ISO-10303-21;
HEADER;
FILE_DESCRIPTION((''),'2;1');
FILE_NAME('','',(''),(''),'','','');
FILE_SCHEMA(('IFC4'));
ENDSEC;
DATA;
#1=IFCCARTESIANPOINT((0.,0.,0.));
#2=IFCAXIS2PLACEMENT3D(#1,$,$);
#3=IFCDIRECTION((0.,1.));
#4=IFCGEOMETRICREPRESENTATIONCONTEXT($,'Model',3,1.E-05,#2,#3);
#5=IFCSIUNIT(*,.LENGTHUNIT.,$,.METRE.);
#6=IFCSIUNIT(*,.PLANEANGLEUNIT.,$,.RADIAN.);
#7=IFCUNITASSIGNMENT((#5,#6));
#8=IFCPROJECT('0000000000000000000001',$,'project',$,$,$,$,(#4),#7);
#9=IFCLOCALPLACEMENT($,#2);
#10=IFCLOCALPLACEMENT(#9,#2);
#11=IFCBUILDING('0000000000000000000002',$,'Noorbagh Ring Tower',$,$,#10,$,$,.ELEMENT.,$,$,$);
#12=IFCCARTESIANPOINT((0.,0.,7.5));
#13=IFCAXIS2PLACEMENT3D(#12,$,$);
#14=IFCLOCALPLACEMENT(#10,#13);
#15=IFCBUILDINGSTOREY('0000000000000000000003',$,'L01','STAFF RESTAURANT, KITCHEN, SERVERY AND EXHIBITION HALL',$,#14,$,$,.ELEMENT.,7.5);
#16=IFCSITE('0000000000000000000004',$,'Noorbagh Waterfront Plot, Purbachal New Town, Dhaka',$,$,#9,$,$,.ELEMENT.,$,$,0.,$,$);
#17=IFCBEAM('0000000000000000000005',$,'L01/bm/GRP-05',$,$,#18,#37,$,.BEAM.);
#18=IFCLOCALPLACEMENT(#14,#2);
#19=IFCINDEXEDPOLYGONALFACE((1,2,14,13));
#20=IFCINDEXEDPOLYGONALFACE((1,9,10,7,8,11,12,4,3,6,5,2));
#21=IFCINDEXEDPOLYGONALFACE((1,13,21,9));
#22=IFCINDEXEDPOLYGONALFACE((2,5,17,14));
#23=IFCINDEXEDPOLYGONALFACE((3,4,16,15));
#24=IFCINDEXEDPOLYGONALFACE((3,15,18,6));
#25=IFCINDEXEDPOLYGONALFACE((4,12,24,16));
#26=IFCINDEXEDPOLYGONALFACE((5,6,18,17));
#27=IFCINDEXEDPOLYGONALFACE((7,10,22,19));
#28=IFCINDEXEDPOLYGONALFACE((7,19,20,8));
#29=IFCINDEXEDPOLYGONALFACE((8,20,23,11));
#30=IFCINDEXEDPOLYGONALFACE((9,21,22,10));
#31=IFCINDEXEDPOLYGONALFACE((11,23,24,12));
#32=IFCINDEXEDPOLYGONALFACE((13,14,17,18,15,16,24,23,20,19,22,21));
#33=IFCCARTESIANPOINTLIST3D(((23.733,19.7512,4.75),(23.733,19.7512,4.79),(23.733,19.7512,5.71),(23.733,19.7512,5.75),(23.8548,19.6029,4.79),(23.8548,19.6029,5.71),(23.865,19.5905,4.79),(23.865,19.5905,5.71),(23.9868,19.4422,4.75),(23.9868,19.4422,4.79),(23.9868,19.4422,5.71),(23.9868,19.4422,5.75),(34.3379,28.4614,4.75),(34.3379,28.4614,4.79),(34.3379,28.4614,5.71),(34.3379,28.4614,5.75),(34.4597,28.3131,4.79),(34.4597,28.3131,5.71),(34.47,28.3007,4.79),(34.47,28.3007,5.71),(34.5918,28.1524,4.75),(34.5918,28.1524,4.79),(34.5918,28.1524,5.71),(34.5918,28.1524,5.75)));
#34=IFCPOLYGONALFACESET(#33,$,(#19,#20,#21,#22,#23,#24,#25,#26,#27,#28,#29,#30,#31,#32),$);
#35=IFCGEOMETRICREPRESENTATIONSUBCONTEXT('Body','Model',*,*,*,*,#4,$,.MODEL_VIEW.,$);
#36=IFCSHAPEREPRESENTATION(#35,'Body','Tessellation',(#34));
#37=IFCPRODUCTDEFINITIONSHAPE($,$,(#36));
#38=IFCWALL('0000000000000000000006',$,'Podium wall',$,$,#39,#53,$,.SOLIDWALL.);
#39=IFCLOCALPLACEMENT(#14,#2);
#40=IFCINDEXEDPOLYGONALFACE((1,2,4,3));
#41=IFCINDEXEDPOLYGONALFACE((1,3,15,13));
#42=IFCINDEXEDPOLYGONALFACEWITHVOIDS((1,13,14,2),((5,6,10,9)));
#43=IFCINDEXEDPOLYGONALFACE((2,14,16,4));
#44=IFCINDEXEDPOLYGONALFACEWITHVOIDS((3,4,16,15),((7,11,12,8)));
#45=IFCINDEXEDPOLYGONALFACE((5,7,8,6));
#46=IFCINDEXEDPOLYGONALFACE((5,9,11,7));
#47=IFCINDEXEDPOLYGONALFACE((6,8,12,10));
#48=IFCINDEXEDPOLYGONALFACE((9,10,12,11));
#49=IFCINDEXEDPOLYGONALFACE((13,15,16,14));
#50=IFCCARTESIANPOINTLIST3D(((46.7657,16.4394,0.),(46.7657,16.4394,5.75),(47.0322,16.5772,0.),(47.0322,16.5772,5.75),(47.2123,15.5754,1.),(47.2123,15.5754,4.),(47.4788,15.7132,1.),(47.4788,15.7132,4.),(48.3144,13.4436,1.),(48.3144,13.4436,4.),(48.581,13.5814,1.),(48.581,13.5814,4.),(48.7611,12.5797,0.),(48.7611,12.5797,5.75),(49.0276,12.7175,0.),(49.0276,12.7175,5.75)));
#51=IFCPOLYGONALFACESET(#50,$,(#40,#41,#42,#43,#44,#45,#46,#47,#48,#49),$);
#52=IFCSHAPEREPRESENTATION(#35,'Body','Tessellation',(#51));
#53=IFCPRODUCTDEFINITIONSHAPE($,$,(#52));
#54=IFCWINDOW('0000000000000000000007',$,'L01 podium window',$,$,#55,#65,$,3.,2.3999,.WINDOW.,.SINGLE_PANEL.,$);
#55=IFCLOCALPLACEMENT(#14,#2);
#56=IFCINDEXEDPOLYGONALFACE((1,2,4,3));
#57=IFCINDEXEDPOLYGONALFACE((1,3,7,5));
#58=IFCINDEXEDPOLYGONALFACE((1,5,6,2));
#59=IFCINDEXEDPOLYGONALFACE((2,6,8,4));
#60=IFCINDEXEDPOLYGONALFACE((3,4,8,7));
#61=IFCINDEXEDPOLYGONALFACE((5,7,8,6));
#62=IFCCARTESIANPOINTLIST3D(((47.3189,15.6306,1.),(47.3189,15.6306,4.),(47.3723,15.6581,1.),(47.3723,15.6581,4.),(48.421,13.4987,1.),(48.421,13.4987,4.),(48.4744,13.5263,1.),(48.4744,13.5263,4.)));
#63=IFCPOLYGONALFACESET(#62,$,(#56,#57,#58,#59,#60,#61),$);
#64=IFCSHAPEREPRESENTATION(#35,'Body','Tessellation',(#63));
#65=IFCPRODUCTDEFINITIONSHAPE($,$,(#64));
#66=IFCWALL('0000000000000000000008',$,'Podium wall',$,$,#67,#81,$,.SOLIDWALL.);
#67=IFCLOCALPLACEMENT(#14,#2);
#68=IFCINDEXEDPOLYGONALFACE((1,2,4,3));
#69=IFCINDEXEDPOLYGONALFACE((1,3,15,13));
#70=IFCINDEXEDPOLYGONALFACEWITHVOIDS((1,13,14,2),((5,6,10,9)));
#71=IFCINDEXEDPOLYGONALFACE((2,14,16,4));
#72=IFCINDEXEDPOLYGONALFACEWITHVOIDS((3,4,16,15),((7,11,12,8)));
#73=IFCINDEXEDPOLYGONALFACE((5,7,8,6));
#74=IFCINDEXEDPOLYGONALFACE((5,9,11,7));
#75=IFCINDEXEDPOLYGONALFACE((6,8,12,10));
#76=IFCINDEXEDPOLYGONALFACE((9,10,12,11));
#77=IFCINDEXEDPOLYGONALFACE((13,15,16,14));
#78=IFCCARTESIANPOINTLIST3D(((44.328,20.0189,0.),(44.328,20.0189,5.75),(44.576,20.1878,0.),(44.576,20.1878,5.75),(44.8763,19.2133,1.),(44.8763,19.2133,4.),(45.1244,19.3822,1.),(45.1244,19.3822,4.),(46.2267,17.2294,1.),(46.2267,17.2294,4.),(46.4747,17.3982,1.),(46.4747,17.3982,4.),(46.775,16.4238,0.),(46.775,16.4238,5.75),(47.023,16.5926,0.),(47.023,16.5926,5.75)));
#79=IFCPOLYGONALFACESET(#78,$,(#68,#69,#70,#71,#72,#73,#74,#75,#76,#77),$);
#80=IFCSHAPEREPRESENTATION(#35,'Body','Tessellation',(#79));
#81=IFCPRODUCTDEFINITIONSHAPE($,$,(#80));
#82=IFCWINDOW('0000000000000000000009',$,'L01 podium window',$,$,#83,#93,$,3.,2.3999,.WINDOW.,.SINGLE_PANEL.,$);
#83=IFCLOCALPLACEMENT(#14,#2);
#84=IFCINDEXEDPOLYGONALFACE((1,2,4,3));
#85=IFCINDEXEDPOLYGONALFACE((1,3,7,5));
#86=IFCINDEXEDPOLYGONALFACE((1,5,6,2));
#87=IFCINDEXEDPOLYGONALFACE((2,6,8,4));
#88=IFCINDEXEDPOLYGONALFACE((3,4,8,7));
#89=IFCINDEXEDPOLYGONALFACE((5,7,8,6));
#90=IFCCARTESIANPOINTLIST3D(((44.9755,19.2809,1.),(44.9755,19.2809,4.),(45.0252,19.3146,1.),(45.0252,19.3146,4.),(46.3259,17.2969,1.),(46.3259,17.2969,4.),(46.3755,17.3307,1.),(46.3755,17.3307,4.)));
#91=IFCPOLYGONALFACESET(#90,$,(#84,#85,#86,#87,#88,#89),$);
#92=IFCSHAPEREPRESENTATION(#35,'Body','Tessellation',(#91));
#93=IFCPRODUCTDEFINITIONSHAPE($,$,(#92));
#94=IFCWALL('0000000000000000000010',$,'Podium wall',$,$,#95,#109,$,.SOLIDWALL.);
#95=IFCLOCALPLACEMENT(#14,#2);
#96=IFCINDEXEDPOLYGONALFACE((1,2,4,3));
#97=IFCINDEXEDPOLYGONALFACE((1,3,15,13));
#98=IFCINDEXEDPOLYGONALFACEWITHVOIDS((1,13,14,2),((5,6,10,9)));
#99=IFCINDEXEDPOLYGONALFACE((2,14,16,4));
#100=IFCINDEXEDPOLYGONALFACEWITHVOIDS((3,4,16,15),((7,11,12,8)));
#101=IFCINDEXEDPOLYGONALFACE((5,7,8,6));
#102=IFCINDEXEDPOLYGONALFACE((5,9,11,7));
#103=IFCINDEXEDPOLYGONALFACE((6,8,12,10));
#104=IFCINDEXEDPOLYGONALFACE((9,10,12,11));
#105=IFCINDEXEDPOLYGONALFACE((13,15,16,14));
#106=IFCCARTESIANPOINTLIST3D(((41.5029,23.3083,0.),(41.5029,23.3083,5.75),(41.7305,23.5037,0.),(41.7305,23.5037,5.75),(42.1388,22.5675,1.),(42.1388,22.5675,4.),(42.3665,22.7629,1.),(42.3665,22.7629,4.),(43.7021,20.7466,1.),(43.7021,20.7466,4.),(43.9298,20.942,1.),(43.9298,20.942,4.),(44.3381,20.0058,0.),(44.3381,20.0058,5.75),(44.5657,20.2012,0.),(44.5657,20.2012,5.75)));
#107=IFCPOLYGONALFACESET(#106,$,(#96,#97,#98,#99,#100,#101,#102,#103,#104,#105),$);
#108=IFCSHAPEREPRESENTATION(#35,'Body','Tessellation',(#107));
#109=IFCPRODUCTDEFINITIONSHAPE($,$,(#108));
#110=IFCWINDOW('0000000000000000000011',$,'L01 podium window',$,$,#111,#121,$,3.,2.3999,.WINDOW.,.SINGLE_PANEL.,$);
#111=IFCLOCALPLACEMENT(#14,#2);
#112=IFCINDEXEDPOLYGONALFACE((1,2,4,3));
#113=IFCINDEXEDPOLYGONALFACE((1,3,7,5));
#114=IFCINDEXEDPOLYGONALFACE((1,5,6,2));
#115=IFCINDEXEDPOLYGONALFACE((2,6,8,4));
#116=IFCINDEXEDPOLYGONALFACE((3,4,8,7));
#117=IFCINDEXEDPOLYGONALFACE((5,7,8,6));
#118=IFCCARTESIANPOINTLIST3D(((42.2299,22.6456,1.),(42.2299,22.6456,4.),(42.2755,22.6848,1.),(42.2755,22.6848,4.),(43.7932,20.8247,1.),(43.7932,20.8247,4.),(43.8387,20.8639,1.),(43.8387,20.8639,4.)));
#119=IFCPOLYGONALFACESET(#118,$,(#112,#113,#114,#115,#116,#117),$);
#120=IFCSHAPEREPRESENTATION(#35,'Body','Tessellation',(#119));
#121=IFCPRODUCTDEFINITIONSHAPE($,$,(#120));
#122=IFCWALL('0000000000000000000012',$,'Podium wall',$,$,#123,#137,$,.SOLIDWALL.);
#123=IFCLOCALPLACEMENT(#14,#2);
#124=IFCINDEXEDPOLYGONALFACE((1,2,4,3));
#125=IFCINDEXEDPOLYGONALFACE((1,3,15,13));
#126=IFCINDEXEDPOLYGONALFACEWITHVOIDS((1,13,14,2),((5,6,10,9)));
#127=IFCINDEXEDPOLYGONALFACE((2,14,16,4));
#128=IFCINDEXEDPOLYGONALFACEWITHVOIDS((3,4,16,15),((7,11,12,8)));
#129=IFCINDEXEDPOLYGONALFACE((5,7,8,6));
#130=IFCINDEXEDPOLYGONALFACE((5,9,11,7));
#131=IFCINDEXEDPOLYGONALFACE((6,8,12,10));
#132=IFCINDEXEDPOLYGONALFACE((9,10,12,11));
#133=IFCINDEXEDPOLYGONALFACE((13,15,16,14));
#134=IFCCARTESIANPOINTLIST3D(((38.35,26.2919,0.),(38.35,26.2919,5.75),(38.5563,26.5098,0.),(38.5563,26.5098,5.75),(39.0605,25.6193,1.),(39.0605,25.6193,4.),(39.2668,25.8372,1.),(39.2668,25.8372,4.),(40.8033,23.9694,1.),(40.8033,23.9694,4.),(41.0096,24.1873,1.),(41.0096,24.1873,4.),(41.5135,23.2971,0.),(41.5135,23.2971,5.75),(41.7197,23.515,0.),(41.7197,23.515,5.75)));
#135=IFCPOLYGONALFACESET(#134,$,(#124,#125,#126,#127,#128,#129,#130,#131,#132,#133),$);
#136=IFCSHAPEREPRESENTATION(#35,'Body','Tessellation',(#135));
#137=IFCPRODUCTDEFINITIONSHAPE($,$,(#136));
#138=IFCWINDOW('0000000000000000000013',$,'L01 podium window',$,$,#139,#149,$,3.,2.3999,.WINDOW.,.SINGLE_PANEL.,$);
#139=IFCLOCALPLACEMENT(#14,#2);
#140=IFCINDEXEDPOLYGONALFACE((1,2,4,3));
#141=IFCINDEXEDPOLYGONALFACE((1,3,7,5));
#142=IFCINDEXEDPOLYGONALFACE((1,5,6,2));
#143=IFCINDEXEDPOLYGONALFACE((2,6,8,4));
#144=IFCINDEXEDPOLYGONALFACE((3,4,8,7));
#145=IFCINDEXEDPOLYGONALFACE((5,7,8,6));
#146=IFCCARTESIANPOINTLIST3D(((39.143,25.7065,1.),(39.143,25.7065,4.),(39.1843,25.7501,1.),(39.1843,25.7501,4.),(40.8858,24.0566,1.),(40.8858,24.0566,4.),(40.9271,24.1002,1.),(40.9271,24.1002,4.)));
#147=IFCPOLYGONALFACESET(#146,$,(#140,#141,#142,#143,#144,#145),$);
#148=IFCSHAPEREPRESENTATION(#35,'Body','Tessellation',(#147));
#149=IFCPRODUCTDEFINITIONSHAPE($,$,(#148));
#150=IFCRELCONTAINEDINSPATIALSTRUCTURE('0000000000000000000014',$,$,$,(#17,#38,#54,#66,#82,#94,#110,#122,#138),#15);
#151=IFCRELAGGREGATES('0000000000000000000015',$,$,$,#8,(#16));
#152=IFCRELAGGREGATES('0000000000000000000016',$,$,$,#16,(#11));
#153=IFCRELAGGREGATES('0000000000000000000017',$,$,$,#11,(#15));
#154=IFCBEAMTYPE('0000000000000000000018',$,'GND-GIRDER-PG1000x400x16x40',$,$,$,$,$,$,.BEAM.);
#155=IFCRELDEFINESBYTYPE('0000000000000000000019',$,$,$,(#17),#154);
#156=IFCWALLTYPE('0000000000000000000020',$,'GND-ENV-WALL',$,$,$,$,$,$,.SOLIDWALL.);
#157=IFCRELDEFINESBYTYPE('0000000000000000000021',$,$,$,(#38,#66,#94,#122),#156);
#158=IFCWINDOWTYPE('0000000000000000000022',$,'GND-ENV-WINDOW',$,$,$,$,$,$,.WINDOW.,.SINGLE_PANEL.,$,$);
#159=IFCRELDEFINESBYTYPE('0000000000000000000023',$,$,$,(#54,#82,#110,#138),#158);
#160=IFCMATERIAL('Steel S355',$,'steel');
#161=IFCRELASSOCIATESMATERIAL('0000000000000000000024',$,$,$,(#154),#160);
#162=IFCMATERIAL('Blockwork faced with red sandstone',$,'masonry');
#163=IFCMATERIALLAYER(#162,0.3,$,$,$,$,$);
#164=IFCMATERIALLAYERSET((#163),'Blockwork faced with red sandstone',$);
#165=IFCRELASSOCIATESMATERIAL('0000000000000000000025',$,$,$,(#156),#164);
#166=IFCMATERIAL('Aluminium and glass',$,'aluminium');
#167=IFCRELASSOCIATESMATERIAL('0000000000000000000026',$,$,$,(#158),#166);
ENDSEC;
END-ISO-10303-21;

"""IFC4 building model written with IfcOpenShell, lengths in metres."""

from ifc_helpers import new_model, si_unit, direction, frame, frame_2d, origin, origin_2d, place, context, subcontext, project, spatial, rectangle, i_section, extrude, material, layer, layer_set, material_profile, profile_set, type_object, element, fill, save


model = new_model("IFC4")

# Units and contexts
model_context = context("Model", 3, precision=1e-05, world=origin(), true_north=direction((0.0, 1.0)))
body_context = subcontext(model_context, "Body", "Model", "MODEL_VIEW")
ifc_project = project(units=[si_unit("LENGTHUNIT", "METRE"), si_unit("PLANEANGLEUNIT", "RADIAN")], contexts=[model_context])

# Site, building, storey
site_placement = place(None, origin())
site = spatial("IfcSite", under=ifc_project, at=site_placement, Name="Noorbagh Waterfront Plot, Purbachal New Town, Dhaka", CompositionType="ELEMENT", RefElevation=0.0)
building_placement = place(site_placement, origin())
building = spatial("IfcBuilding", under=site, at=building_placement, Name="Noorbagh Ring Tower", CompositionType="ELEMENT")
storey_placement = place(building_placement, frame((0.0, 0.0, 7.5)))
storey = spatial("IfcBuildingStorey", under=building, at=storey_placement, Name="L01", Description="STAFF RESTAURANT, KITCHEN, SERVERY AND EXHIBITION HALL", CompositionType="ELEMENT", Elevation=7.5)

# Beam
ifc_material_1 = material(Name="Steel S355", Category="steel")
ifc_material_profile_1 = material_profile(ifc_material_1, i_section(OverallWidth=0.3999, OverallDepth=1.0, WebThickness=0.0161, FlangeThickness=0.04, at=origin_2d()), Name="PG1000x400x16x40")
ifc_profile_set_1 = profile_set([ifc_material_profile_1], Name="Steel S355")
beam_type_1 = type_object("IfcBeamType", Name="GND-GIRDER-PG1000x400x16x40", PredefinedType="BEAM", material=ifc_profile_set_1)
beam_1_placement = place(storey_placement, frame((34.4648, 28.3069, 5.25), z_axis=(-0.772763, -0.634695, 0.0), x_axis=(0.634695, -0.772763, 0.0)))
element("IfcBeam", 1, at=beam_1_placement, inside=storey, type_object=beam_type_1, Name="L01/bm/GRP-05", PredefinedType="BEAM", context=body_context, shape_type="SweptSolid", body=[
    extrude(i_section(OverallWidth=0.3999, OverallDepth=1.0, WebThickness=0.0161, FlangeThickness=0.04, at=origin_2d()), origin(), (0.0, 0.0, 1.0), 13.7234),
])

# Walls, openings, windows
ifc_material_2 = material(Name="Blockwork faced with red sandstone", Category="masonry")
ifc_layer_1 = layer(ifc_material_2, 0.3)
ifc_layer_set_1 = layer_set([ifc_layer_1], Name="Blockwork faced with red sandstone")
wall_type_1 = type_object("IfcWallType", Name="GND-ENV-WALL", PredefinedType="SOLIDWALL", material=ifc_layer_set_1)
wall_1_placement = place(storey_placement, frame((48.8943, 12.6487, 0.0), z_axis=(0.0, 0.0, 1.0), x_axis=(-0.459243, 0.888311, 0.0)))
wall_1 = element("IfcWall", 2, at=wall_1_placement, inside=storey, type_object=wall_type_1, Name="Podium wall", PredefinedType="SOLIDWALL", context=body_context, shape_type="SweptSolid", body=[
    extrude(rectangle(XDim=4.345, YDim=0.3, at=frame_2d((2.1724, 0.0))), origin(), (0.0, 0.0, 1.0), 5.75),
])
opening_1_placement = place(wall_1_placement, frame((0.9724, 0.0, 1.0)))
opening_1 = element("IfcOpeningElement", 3, at=opening_1_placement, cuts=wall_1, PredefinedType="OPENING", context=body_context, shape_type="SweptSolid", body=[
    extrude(rectangle(XDim=2.3999, YDim=3.0, at=frame_2d((1.2, 1.5))), frame((0.0, 0.1602, 0.0), z_axis=(0.0, -1.0, 0.0), x_axis=(1.0, 0.0, 0.0)), (0.0, 0.0, 1.0), 0.3201),
])
ifc_material_3 = material(Name="Aluminium and glass", Category="aluminium")
window_type = type_object("IfcWindowType", Name="GND-ENV-WINDOW", PartitioningType="SINGLE_PANEL", PredefinedType="WINDOW", material=ifc_material_3)
window_1_placement = place(opening_1_placement, origin())
window_1 = element("IfcWindow", 4, at=window_1_placement, inside=storey, type_object=window_type, Name="L01 podium window", OverallHeight=3.0, OverallWidth=2.3999, PartitioningType="SINGLE_PANEL", PredefinedType="WINDOW", context=body_context, shape_type="SweptSolid", body=[
    extrude(rectangle(XDim=2.3999, YDim=3.0, at=frame_2d((1.2, 1.5))), frame((0.0, 0.03, 0.0), z_axis=(0.0, -1.0, 0.0), x_axis=(1.0, 0.0, 0.0)), (0.0, 0.0, 1.0), 0.0601),
])
fill(opening_1, window_1)
wall_2_placement = place(storey_placement, frame((46.8989, 16.5083, 0.0), z_axis=(0.0, 0.0, 1.0), x_axis=(-0.562668, 0.826683, 0.0)))
wall_2 = element("IfcWall", 5, at=wall_2_placement, inside=storey, type_object=wall_type_1, Name="Podium wall", PredefinedType="SOLIDWALL", context=body_context, shape_type="SweptSolid", body=[
    extrude(rectangle(XDim=4.3489, YDim=0.3, at=frame_2d((2.1743, 0.0))), origin(), (0.0, 0.0, 1.0), 5.75),
])
opening_2_placement = place(wall_2_placement, frame((0.9744, 0.0, 1.0)))
opening_2 = element("IfcOpeningElement", 6, at=opening_2_placement, cuts=wall_2, PredefinedType="OPENING", context=body_context, shape_type="SweptSolid", body=[
    extrude(rectangle(XDim=2.3999, YDim=3.0, at=frame_2d((1.2, 1.5))), frame((0.0, 0.1602, 0.0), z_axis=(0.0, -1.0, 0.0), x_axis=(1.0, 0.0, 0.0)), (0.0, 0.0, 1.0), 0.3201),
])
window_2_placement = place(opening_2_placement, origin())
window_2 = element("IfcWindow", 7, at=window_2_placement, inside=storey, type_object=window_type, Name="L01 podium window", OverallHeight=3.0, OverallWidth=2.3999, PartitioningType="SINGLE_PANEL", PredefinedType="WINDOW", context=body_context, shape_type="SweptSolid", body=[
    extrude(rectangle(XDim=2.3999, YDim=3.0, at=frame_2d((1.2, 1.5))), frame((0.0, 0.03, 0.0), z_axis=(0.0, -1.0, 0.0), x_axis=(1.0, 0.0, 0.0)), (0.0, 0.0, 1.0), 0.0601),
])
fill(opening_2, window_2)
wall_3_placement = place(storey_placement, frame((44.4519, 20.1035, 0.0), z_axis=(0.0, 0.0, 1.0), x_axis=(-0.651387, 0.758746, 0.0)))
wall_3 = element("IfcWall", 8, at=wall_3_placement, inside=storey, type_object=wall_type_1, Name="Podium wall", PredefinedType="SOLIDWALL", context=body_context, shape_type="SweptSolid", body=[
    extrude(rectangle(XDim=4.3525, YDim=0.3, at=frame_2d((2.1763, 0.0))), origin(), (0.0, 0.0, 1.0), 5.75),
])
opening_3_placement = place(wall_3_placement, frame((0.9763, 0.0, 1.0)))
opening_3 = element("IfcOpeningElement", 9, at=opening_3_placement, cuts=wall_3, PredefinedType="OPENING", context=body_context, shape_type="SweptSolid", body=[
    extrude(rectangle(XDim=2.3999, YDim=3.0, at=frame_2d((1.2, 1.5))), frame((0.0, 0.1602, 0.0), z_axis=(0.0, -1.0, 0.0), x_axis=(1.0, 0.0, 0.0)), (0.0, 0.0, 1.0), 0.3201),
])
window_3_placement = place(opening_3_placement, origin())
window_3 = element("IfcWindow", 10, at=window_3_placement, inside=storey, type_object=window_type, Name="L01 podium window", OverallHeight=3.0, OverallWidth=2.3999, PartitioningType="SINGLE_PANEL", PredefinedType="WINDOW", context=body_context, shape_type="SweptSolid", body=[
    extrude(rectangle(XDim=2.3999, YDim=3.0, at=frame_2d((1.2, 1.5))), frame((0.0, 0.03, 0.0), z_axis=(0.0, -1.0, 0.0), x_axis=(1.0, 0.0, 0.0)), (0.0, 0.0, 1.0), 0.0601),
])
fill(opening_3, window_3)
wall_4_placement = place(storey_placement, frame((41.6167, 23.406, 0.0), z_axis=(0.0, 0.0, 1.0), x_axis=(-0.726204, 0.687479, 0.0)))
wall_4 = element("IfcWall", 11, at=wall_4_placement, inside=storey, type_object=wall_type_1, Name="Podium wall", PredefinedType="SOLIDWALL", context=body_context, shape_type="SweptSolid", body=[
    extrude(rectangle(XDim=4.3562, YDim=0.3, at=frame_2d((2.1782, 0.0))), origin(), (0.0, 0.0, 1.0), 5.75),
])
opening_4_placement = place(wall_4_placement, frame((0.978, 0.0, 1.0)))
opening_4 = element("IfcOpeningElement", 12, at=opening_4_placement, cuts=wall_4, PredefinedType="OPENING", context=body_context, shape_type="SweptSolid", body=[
    extrude(rectangle(XDim=2.3999, YDim=3.0, at=frame_2d((1.2, 1.5))), frame((0.0, 0.1602, 0.0), z_axis=(0.0, -1.0, 0.0), x_axis=(1.0, 0.0, 0.0)), (0.0, 0.0, 1.0), 0.3201),
])
window_4_placement = place(opening_4_placement, origin())
window_4 = element("IfcWindow", 13, at=window_4_placement, inside=storey, type_object=window_type, Name="L01 podium window", OverallHeight=3.0, OverallWidth=2.3999, PartitioningType="SINGLE_PANEL", PredefinedType="WINDOW", context=body_context, shape_type="SweptSolid", body=[
    extrude(rectangle(XDim=2.3999, YDim=3.0, at=frame_2d((1.2, 1.5))), frame((0.0, 0.03, 0.0), z_axis=(0.0, -1.0, 0.0), x_axis=(1.0, 0.0, 0.0)), (0.0, 0.0, 1.0), 0.0601),
])
fill(opening_4, window_4)

save(model, "model.ifc")
